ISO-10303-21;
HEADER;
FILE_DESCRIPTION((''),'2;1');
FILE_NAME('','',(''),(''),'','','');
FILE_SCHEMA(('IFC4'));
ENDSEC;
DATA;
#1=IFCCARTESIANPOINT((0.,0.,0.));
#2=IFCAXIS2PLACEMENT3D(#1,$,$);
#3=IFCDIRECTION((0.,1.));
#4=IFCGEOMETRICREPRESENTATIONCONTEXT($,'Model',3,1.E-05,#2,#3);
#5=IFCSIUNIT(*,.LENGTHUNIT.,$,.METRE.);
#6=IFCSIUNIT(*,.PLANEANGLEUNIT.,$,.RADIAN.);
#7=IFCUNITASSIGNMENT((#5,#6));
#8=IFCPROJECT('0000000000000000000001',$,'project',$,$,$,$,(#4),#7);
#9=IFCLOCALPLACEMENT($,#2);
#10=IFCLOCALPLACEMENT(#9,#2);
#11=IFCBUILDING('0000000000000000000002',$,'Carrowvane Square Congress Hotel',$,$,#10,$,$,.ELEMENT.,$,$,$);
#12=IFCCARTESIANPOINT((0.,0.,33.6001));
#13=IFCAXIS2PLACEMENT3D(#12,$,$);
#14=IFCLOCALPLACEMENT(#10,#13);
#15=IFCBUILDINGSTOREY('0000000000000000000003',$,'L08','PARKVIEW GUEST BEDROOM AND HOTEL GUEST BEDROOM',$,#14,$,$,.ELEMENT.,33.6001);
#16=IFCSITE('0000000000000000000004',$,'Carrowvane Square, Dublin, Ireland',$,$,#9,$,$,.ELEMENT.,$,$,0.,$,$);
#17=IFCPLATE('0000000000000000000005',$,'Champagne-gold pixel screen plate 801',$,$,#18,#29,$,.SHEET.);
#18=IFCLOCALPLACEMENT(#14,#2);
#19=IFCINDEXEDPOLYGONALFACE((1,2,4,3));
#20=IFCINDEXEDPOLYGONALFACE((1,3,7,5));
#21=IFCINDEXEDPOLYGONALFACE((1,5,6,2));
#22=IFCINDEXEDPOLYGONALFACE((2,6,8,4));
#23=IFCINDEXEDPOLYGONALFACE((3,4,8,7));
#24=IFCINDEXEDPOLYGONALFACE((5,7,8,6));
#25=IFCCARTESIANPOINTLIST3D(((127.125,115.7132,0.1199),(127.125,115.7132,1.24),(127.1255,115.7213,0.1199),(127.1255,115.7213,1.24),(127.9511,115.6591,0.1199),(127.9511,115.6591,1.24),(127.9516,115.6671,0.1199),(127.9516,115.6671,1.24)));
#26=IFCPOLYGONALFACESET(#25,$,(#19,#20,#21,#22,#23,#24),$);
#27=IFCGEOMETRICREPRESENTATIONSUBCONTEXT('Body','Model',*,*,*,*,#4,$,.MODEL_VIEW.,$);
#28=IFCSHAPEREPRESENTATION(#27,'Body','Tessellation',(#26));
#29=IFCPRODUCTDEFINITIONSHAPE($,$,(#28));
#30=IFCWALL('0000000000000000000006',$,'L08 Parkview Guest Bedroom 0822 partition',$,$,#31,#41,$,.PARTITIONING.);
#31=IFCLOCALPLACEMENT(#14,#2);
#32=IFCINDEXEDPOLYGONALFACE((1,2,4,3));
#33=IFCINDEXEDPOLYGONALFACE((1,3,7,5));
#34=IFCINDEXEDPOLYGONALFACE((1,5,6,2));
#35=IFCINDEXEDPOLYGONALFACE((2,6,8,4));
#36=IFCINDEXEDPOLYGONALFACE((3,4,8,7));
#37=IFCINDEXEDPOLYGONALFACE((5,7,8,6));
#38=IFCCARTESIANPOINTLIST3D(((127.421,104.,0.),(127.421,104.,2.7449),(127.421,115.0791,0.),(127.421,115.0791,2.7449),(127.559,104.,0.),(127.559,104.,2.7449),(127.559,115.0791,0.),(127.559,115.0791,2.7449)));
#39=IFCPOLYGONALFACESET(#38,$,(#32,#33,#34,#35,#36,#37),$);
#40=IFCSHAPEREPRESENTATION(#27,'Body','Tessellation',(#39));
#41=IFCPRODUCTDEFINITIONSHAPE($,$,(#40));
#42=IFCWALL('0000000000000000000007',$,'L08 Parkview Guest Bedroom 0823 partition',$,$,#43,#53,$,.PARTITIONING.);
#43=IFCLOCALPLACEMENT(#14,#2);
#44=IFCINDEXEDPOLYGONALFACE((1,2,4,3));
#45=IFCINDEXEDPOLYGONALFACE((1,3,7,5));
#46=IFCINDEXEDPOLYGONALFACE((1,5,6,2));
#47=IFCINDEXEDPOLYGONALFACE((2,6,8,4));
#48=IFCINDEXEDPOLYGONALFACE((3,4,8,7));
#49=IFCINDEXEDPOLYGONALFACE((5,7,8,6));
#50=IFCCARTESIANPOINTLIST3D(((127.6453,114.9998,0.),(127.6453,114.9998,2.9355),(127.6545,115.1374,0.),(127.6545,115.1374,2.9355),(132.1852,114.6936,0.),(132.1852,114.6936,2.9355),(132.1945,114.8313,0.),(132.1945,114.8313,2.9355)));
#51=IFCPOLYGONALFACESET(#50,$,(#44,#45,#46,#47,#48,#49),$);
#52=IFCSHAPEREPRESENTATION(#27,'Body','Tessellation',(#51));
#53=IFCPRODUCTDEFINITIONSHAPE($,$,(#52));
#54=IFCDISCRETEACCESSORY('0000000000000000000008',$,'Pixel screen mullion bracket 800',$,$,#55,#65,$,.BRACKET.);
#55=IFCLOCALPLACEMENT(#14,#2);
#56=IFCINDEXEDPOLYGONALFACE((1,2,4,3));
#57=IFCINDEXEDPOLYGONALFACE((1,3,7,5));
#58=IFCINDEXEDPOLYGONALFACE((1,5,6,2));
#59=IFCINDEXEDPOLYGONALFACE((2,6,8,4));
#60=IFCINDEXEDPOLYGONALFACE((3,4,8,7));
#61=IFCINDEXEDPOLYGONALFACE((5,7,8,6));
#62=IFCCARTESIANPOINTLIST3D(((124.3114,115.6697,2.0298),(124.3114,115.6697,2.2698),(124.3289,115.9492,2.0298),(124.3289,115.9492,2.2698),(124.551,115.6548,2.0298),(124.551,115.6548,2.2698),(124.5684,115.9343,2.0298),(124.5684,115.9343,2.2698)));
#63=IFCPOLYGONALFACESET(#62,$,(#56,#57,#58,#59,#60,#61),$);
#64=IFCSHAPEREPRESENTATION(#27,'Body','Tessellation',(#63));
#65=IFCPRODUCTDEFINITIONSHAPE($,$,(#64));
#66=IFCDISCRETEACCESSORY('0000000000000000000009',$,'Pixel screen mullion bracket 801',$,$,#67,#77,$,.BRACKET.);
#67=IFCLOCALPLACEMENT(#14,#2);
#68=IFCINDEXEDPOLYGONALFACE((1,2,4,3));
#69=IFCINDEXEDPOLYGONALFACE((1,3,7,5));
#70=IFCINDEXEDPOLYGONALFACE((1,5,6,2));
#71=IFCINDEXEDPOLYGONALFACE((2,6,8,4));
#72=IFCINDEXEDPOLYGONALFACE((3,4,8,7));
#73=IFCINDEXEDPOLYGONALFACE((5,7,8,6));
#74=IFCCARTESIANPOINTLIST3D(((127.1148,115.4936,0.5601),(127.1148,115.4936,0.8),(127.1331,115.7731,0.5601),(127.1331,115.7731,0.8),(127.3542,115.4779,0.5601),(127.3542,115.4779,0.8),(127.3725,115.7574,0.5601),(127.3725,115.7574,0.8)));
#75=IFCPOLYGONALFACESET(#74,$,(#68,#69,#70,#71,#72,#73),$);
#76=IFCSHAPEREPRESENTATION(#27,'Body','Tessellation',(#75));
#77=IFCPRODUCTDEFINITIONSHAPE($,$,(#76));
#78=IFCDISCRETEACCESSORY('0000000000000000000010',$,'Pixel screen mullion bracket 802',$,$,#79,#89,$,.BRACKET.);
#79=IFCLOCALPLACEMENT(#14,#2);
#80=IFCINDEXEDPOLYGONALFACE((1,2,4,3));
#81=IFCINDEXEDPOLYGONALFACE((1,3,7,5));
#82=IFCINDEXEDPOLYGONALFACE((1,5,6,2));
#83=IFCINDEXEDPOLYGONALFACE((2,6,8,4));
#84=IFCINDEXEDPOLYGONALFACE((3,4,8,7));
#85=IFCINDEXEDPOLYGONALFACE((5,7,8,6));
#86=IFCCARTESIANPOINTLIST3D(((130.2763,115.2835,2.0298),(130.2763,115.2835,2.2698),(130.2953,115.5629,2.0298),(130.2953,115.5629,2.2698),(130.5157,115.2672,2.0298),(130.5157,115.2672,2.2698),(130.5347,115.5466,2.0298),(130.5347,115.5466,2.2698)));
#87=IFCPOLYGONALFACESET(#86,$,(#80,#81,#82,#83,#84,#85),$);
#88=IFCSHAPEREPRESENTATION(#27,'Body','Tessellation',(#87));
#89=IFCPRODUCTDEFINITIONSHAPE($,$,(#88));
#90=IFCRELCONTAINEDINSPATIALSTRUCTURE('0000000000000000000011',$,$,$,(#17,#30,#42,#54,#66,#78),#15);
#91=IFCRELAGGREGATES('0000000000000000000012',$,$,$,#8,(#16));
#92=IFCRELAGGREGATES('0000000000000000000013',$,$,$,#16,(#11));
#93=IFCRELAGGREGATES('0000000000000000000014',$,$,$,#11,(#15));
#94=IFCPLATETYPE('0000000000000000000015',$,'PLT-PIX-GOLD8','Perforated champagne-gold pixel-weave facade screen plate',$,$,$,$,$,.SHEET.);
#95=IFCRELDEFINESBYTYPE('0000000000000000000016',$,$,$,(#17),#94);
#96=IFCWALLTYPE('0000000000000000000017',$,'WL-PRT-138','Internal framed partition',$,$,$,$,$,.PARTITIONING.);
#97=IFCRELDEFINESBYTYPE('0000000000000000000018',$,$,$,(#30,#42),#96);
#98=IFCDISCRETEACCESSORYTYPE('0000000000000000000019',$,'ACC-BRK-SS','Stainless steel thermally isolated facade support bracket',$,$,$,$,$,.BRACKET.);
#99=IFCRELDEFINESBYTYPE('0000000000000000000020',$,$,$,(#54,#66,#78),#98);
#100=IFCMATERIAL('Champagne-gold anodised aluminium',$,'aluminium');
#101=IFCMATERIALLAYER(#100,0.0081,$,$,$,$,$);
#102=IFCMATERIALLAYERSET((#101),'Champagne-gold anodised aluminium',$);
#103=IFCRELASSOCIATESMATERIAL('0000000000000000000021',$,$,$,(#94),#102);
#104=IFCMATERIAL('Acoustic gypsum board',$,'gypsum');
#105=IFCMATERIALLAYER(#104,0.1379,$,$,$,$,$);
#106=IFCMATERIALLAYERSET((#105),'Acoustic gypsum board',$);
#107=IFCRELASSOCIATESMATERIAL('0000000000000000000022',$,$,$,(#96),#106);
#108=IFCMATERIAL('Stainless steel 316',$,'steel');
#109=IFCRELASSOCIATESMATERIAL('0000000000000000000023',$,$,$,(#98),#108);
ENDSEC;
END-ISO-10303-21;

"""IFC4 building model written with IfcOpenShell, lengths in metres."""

from ifc_helpers import new_model, si_unit, direction, frame, frame_2d, origin, origin_2d, place, context, subcontext, project, spatial, rectangle, extrude, material, layer, layer_set, type_object, element, save


model = new_model("IFC4")

# Units and contexts
model_context = context("Model", 3, precision=1e-05, world=origin(), true_north=direction((0.0, 1.0)))
body_context = subcontext(model_context, "Body", "Model", "MODEL_VIEW")
ifc_project = project(units=[si_unit("LENGTHUNIT", "METRE"), si_unit("PLANEANGLEUNIT", "RADIAN")], contexts=[model_context])

# Site, building, storey
site_placement = place(None, origin())
site = spatial("IfcSite", under=ifc_project, at=site_placement, Name="Carrowvane Square, Dublin, Ireland", CompositionType="ELEMENT", RefElevation=0.0)
building_placement = place(site_placement, origin())
building = spatial("IfcBuilding", under=site, at=building_placement, Name="Carrowvane Square Congress Hotel", CompositionType="ELEMENT")
storey_placement = place(building_placement, frame((0.0, 0.0, 33.6001)))
storey = spatial("IfcBuildingStorey", under=building, at=storey_placement, Name="L08", Description="PARKVIEW GUEST BEDROOM AND HOTEL GUEST BEDROOM", CompositionType="ELEMENT", Elevation=33.6001)

# Plate
ifc_material_1 = material(Name="Champagne-gold anodised aluminium", Category="aluminium")
ifc_layer_1 = layer(ifc_material_1, 0.0081)
ifc_layer_set_1 = layer_set([ifc_layer_1], Name="Champagne-gold anodised aluminium")
plate_type_1 = type_object("IfcPlateType", Name="PLT-PIX-GOLD8", Description="Perforated champagne-gold pixel-weave facade screen plate", PredefinedType="SHEET", material=ifc_layer_set_1)
plate_1_placement = place(storey_placement, frame((127.5383, 115.6902, 0.1199), z_axis=(0.0, 0.0, 1.0), x_axis=(0.997858, -0.065413, 0.0)))
element("IfcPlate", 1, at=plate_1_placement, inside=storey, type_object=plate_type_1, Name="Champagne-gold pixel screen plate 801", PredefinedType="SHEET", context=body_context, shape_type="SweptSolid", body=[
    extrude(rectangle(XDim=0.8279, YDim=0.0081, at=origin_2d()), origin(), (0.0, 0.0, 1.0), 1.1201),
])

# Walls
ifc_material_2 = material(Name="Acoustic gypsum board", Category="gypsum")
ifc_layer_2 = layer(ifc_material_2, 0.1379)
ifc_layer_set_2 = layer_set([ifc_layer_2], Name="Acoustic gypsum board")
wall_type = type_object("IfcWallType", Name="WL-PRT-138", Description="Internal framed partition", PredefinedType="PARTITIONING", material=ifc_layer_set_2)
wall_1_placement = place(storey_placement, frame((127.49, 115.0791, 0.0), z_axis=(0.0, 0.0, 1.0), x_axis=(0.0, -1.0, 0.0)))
element("IfcWall", 2, at=wall_1_placement, inside=storey, type_object=wall_type, Name="L08 Parkview Guest Bedroom 0822 partition", PredefinedType="PARTITIONING", context=body_context, shape_type="SweptSolid", body=[
    extrude(rectangle(XDim=11.0791, YDim=0.1379, at=frame_2d((5.5396, 0.0))), origin(), (0.0, 0.0, 1.0), 2.7449),
])
wall_2_placement = place(storey_placement, frame((127.6499, 115.0686, 0.0), z_axis=(0.0, 0.0, 1.0), x_axis=(0.997734, -0.067281, 0.0)))
element("IfcWall", 3, at=wall_2_placement, inside=storey, type_object=wall_type, Name="L08 Parkview Guest Bedroom 0823 partition", PredefinedType="PARTITIONING", context=body_context, shape_type="SweptSolid", body=[
    extrude(rectangle(XDim=4.5503, YDim=0.1379, at=frame_2d((2.2751, 0.0))), origin(), (0.0, 0.0, 1.0), 2.9355),
])

# Discrete accessories
ifc_material_3 = material(Name="Stainless steel 316", Category="steel")
discrete_accessory_type = type_object("IfcDiscreteAccessoryType", Name="ACC-BRK-SS", Description="Stainless steel thermally isolated facade support bracket", PredefinedType="BRACKET", material=ifc_material_3)
for number, where, z_axis, x_axis, name in (
    (4, (124.4399, 115.802, 2.0298), (0.0, 0.0, 1.0), (0.998051, -0.062397, 0.0), "Pixel screen mullion bracket 800"),
    (5, (127.2437, 115.6255, 0.5601), (0.0, 0.0, 1.0), (0.997858, -0.065413, 0.0), "Pixel screen mullion bracket 801"),
    (6, (130.4055, 115.415, 2.0298), (0.0, 0.0, 1.0), (0.997694, -0.067866, 0.0), "Pixel screen mullion bracket 802"),
):
    element("IfcDiscreteAccessory", number, at=place(storey_placement, frame(where, z_axis=z_axis, x_axis=x_axis)), inside=storey, type_object=discrete_accessory_type, Name=name, PredefinedType="BRACKET", context=body_context, shape_type="SweptSolid", body=[
        extrude(rectangle(XDim=0.24, YDim=0.28, at=origin_2d()), origin(), (0.0, 0.0, 1.0), 0.24),
    ])

save(model, "model.ifc")
